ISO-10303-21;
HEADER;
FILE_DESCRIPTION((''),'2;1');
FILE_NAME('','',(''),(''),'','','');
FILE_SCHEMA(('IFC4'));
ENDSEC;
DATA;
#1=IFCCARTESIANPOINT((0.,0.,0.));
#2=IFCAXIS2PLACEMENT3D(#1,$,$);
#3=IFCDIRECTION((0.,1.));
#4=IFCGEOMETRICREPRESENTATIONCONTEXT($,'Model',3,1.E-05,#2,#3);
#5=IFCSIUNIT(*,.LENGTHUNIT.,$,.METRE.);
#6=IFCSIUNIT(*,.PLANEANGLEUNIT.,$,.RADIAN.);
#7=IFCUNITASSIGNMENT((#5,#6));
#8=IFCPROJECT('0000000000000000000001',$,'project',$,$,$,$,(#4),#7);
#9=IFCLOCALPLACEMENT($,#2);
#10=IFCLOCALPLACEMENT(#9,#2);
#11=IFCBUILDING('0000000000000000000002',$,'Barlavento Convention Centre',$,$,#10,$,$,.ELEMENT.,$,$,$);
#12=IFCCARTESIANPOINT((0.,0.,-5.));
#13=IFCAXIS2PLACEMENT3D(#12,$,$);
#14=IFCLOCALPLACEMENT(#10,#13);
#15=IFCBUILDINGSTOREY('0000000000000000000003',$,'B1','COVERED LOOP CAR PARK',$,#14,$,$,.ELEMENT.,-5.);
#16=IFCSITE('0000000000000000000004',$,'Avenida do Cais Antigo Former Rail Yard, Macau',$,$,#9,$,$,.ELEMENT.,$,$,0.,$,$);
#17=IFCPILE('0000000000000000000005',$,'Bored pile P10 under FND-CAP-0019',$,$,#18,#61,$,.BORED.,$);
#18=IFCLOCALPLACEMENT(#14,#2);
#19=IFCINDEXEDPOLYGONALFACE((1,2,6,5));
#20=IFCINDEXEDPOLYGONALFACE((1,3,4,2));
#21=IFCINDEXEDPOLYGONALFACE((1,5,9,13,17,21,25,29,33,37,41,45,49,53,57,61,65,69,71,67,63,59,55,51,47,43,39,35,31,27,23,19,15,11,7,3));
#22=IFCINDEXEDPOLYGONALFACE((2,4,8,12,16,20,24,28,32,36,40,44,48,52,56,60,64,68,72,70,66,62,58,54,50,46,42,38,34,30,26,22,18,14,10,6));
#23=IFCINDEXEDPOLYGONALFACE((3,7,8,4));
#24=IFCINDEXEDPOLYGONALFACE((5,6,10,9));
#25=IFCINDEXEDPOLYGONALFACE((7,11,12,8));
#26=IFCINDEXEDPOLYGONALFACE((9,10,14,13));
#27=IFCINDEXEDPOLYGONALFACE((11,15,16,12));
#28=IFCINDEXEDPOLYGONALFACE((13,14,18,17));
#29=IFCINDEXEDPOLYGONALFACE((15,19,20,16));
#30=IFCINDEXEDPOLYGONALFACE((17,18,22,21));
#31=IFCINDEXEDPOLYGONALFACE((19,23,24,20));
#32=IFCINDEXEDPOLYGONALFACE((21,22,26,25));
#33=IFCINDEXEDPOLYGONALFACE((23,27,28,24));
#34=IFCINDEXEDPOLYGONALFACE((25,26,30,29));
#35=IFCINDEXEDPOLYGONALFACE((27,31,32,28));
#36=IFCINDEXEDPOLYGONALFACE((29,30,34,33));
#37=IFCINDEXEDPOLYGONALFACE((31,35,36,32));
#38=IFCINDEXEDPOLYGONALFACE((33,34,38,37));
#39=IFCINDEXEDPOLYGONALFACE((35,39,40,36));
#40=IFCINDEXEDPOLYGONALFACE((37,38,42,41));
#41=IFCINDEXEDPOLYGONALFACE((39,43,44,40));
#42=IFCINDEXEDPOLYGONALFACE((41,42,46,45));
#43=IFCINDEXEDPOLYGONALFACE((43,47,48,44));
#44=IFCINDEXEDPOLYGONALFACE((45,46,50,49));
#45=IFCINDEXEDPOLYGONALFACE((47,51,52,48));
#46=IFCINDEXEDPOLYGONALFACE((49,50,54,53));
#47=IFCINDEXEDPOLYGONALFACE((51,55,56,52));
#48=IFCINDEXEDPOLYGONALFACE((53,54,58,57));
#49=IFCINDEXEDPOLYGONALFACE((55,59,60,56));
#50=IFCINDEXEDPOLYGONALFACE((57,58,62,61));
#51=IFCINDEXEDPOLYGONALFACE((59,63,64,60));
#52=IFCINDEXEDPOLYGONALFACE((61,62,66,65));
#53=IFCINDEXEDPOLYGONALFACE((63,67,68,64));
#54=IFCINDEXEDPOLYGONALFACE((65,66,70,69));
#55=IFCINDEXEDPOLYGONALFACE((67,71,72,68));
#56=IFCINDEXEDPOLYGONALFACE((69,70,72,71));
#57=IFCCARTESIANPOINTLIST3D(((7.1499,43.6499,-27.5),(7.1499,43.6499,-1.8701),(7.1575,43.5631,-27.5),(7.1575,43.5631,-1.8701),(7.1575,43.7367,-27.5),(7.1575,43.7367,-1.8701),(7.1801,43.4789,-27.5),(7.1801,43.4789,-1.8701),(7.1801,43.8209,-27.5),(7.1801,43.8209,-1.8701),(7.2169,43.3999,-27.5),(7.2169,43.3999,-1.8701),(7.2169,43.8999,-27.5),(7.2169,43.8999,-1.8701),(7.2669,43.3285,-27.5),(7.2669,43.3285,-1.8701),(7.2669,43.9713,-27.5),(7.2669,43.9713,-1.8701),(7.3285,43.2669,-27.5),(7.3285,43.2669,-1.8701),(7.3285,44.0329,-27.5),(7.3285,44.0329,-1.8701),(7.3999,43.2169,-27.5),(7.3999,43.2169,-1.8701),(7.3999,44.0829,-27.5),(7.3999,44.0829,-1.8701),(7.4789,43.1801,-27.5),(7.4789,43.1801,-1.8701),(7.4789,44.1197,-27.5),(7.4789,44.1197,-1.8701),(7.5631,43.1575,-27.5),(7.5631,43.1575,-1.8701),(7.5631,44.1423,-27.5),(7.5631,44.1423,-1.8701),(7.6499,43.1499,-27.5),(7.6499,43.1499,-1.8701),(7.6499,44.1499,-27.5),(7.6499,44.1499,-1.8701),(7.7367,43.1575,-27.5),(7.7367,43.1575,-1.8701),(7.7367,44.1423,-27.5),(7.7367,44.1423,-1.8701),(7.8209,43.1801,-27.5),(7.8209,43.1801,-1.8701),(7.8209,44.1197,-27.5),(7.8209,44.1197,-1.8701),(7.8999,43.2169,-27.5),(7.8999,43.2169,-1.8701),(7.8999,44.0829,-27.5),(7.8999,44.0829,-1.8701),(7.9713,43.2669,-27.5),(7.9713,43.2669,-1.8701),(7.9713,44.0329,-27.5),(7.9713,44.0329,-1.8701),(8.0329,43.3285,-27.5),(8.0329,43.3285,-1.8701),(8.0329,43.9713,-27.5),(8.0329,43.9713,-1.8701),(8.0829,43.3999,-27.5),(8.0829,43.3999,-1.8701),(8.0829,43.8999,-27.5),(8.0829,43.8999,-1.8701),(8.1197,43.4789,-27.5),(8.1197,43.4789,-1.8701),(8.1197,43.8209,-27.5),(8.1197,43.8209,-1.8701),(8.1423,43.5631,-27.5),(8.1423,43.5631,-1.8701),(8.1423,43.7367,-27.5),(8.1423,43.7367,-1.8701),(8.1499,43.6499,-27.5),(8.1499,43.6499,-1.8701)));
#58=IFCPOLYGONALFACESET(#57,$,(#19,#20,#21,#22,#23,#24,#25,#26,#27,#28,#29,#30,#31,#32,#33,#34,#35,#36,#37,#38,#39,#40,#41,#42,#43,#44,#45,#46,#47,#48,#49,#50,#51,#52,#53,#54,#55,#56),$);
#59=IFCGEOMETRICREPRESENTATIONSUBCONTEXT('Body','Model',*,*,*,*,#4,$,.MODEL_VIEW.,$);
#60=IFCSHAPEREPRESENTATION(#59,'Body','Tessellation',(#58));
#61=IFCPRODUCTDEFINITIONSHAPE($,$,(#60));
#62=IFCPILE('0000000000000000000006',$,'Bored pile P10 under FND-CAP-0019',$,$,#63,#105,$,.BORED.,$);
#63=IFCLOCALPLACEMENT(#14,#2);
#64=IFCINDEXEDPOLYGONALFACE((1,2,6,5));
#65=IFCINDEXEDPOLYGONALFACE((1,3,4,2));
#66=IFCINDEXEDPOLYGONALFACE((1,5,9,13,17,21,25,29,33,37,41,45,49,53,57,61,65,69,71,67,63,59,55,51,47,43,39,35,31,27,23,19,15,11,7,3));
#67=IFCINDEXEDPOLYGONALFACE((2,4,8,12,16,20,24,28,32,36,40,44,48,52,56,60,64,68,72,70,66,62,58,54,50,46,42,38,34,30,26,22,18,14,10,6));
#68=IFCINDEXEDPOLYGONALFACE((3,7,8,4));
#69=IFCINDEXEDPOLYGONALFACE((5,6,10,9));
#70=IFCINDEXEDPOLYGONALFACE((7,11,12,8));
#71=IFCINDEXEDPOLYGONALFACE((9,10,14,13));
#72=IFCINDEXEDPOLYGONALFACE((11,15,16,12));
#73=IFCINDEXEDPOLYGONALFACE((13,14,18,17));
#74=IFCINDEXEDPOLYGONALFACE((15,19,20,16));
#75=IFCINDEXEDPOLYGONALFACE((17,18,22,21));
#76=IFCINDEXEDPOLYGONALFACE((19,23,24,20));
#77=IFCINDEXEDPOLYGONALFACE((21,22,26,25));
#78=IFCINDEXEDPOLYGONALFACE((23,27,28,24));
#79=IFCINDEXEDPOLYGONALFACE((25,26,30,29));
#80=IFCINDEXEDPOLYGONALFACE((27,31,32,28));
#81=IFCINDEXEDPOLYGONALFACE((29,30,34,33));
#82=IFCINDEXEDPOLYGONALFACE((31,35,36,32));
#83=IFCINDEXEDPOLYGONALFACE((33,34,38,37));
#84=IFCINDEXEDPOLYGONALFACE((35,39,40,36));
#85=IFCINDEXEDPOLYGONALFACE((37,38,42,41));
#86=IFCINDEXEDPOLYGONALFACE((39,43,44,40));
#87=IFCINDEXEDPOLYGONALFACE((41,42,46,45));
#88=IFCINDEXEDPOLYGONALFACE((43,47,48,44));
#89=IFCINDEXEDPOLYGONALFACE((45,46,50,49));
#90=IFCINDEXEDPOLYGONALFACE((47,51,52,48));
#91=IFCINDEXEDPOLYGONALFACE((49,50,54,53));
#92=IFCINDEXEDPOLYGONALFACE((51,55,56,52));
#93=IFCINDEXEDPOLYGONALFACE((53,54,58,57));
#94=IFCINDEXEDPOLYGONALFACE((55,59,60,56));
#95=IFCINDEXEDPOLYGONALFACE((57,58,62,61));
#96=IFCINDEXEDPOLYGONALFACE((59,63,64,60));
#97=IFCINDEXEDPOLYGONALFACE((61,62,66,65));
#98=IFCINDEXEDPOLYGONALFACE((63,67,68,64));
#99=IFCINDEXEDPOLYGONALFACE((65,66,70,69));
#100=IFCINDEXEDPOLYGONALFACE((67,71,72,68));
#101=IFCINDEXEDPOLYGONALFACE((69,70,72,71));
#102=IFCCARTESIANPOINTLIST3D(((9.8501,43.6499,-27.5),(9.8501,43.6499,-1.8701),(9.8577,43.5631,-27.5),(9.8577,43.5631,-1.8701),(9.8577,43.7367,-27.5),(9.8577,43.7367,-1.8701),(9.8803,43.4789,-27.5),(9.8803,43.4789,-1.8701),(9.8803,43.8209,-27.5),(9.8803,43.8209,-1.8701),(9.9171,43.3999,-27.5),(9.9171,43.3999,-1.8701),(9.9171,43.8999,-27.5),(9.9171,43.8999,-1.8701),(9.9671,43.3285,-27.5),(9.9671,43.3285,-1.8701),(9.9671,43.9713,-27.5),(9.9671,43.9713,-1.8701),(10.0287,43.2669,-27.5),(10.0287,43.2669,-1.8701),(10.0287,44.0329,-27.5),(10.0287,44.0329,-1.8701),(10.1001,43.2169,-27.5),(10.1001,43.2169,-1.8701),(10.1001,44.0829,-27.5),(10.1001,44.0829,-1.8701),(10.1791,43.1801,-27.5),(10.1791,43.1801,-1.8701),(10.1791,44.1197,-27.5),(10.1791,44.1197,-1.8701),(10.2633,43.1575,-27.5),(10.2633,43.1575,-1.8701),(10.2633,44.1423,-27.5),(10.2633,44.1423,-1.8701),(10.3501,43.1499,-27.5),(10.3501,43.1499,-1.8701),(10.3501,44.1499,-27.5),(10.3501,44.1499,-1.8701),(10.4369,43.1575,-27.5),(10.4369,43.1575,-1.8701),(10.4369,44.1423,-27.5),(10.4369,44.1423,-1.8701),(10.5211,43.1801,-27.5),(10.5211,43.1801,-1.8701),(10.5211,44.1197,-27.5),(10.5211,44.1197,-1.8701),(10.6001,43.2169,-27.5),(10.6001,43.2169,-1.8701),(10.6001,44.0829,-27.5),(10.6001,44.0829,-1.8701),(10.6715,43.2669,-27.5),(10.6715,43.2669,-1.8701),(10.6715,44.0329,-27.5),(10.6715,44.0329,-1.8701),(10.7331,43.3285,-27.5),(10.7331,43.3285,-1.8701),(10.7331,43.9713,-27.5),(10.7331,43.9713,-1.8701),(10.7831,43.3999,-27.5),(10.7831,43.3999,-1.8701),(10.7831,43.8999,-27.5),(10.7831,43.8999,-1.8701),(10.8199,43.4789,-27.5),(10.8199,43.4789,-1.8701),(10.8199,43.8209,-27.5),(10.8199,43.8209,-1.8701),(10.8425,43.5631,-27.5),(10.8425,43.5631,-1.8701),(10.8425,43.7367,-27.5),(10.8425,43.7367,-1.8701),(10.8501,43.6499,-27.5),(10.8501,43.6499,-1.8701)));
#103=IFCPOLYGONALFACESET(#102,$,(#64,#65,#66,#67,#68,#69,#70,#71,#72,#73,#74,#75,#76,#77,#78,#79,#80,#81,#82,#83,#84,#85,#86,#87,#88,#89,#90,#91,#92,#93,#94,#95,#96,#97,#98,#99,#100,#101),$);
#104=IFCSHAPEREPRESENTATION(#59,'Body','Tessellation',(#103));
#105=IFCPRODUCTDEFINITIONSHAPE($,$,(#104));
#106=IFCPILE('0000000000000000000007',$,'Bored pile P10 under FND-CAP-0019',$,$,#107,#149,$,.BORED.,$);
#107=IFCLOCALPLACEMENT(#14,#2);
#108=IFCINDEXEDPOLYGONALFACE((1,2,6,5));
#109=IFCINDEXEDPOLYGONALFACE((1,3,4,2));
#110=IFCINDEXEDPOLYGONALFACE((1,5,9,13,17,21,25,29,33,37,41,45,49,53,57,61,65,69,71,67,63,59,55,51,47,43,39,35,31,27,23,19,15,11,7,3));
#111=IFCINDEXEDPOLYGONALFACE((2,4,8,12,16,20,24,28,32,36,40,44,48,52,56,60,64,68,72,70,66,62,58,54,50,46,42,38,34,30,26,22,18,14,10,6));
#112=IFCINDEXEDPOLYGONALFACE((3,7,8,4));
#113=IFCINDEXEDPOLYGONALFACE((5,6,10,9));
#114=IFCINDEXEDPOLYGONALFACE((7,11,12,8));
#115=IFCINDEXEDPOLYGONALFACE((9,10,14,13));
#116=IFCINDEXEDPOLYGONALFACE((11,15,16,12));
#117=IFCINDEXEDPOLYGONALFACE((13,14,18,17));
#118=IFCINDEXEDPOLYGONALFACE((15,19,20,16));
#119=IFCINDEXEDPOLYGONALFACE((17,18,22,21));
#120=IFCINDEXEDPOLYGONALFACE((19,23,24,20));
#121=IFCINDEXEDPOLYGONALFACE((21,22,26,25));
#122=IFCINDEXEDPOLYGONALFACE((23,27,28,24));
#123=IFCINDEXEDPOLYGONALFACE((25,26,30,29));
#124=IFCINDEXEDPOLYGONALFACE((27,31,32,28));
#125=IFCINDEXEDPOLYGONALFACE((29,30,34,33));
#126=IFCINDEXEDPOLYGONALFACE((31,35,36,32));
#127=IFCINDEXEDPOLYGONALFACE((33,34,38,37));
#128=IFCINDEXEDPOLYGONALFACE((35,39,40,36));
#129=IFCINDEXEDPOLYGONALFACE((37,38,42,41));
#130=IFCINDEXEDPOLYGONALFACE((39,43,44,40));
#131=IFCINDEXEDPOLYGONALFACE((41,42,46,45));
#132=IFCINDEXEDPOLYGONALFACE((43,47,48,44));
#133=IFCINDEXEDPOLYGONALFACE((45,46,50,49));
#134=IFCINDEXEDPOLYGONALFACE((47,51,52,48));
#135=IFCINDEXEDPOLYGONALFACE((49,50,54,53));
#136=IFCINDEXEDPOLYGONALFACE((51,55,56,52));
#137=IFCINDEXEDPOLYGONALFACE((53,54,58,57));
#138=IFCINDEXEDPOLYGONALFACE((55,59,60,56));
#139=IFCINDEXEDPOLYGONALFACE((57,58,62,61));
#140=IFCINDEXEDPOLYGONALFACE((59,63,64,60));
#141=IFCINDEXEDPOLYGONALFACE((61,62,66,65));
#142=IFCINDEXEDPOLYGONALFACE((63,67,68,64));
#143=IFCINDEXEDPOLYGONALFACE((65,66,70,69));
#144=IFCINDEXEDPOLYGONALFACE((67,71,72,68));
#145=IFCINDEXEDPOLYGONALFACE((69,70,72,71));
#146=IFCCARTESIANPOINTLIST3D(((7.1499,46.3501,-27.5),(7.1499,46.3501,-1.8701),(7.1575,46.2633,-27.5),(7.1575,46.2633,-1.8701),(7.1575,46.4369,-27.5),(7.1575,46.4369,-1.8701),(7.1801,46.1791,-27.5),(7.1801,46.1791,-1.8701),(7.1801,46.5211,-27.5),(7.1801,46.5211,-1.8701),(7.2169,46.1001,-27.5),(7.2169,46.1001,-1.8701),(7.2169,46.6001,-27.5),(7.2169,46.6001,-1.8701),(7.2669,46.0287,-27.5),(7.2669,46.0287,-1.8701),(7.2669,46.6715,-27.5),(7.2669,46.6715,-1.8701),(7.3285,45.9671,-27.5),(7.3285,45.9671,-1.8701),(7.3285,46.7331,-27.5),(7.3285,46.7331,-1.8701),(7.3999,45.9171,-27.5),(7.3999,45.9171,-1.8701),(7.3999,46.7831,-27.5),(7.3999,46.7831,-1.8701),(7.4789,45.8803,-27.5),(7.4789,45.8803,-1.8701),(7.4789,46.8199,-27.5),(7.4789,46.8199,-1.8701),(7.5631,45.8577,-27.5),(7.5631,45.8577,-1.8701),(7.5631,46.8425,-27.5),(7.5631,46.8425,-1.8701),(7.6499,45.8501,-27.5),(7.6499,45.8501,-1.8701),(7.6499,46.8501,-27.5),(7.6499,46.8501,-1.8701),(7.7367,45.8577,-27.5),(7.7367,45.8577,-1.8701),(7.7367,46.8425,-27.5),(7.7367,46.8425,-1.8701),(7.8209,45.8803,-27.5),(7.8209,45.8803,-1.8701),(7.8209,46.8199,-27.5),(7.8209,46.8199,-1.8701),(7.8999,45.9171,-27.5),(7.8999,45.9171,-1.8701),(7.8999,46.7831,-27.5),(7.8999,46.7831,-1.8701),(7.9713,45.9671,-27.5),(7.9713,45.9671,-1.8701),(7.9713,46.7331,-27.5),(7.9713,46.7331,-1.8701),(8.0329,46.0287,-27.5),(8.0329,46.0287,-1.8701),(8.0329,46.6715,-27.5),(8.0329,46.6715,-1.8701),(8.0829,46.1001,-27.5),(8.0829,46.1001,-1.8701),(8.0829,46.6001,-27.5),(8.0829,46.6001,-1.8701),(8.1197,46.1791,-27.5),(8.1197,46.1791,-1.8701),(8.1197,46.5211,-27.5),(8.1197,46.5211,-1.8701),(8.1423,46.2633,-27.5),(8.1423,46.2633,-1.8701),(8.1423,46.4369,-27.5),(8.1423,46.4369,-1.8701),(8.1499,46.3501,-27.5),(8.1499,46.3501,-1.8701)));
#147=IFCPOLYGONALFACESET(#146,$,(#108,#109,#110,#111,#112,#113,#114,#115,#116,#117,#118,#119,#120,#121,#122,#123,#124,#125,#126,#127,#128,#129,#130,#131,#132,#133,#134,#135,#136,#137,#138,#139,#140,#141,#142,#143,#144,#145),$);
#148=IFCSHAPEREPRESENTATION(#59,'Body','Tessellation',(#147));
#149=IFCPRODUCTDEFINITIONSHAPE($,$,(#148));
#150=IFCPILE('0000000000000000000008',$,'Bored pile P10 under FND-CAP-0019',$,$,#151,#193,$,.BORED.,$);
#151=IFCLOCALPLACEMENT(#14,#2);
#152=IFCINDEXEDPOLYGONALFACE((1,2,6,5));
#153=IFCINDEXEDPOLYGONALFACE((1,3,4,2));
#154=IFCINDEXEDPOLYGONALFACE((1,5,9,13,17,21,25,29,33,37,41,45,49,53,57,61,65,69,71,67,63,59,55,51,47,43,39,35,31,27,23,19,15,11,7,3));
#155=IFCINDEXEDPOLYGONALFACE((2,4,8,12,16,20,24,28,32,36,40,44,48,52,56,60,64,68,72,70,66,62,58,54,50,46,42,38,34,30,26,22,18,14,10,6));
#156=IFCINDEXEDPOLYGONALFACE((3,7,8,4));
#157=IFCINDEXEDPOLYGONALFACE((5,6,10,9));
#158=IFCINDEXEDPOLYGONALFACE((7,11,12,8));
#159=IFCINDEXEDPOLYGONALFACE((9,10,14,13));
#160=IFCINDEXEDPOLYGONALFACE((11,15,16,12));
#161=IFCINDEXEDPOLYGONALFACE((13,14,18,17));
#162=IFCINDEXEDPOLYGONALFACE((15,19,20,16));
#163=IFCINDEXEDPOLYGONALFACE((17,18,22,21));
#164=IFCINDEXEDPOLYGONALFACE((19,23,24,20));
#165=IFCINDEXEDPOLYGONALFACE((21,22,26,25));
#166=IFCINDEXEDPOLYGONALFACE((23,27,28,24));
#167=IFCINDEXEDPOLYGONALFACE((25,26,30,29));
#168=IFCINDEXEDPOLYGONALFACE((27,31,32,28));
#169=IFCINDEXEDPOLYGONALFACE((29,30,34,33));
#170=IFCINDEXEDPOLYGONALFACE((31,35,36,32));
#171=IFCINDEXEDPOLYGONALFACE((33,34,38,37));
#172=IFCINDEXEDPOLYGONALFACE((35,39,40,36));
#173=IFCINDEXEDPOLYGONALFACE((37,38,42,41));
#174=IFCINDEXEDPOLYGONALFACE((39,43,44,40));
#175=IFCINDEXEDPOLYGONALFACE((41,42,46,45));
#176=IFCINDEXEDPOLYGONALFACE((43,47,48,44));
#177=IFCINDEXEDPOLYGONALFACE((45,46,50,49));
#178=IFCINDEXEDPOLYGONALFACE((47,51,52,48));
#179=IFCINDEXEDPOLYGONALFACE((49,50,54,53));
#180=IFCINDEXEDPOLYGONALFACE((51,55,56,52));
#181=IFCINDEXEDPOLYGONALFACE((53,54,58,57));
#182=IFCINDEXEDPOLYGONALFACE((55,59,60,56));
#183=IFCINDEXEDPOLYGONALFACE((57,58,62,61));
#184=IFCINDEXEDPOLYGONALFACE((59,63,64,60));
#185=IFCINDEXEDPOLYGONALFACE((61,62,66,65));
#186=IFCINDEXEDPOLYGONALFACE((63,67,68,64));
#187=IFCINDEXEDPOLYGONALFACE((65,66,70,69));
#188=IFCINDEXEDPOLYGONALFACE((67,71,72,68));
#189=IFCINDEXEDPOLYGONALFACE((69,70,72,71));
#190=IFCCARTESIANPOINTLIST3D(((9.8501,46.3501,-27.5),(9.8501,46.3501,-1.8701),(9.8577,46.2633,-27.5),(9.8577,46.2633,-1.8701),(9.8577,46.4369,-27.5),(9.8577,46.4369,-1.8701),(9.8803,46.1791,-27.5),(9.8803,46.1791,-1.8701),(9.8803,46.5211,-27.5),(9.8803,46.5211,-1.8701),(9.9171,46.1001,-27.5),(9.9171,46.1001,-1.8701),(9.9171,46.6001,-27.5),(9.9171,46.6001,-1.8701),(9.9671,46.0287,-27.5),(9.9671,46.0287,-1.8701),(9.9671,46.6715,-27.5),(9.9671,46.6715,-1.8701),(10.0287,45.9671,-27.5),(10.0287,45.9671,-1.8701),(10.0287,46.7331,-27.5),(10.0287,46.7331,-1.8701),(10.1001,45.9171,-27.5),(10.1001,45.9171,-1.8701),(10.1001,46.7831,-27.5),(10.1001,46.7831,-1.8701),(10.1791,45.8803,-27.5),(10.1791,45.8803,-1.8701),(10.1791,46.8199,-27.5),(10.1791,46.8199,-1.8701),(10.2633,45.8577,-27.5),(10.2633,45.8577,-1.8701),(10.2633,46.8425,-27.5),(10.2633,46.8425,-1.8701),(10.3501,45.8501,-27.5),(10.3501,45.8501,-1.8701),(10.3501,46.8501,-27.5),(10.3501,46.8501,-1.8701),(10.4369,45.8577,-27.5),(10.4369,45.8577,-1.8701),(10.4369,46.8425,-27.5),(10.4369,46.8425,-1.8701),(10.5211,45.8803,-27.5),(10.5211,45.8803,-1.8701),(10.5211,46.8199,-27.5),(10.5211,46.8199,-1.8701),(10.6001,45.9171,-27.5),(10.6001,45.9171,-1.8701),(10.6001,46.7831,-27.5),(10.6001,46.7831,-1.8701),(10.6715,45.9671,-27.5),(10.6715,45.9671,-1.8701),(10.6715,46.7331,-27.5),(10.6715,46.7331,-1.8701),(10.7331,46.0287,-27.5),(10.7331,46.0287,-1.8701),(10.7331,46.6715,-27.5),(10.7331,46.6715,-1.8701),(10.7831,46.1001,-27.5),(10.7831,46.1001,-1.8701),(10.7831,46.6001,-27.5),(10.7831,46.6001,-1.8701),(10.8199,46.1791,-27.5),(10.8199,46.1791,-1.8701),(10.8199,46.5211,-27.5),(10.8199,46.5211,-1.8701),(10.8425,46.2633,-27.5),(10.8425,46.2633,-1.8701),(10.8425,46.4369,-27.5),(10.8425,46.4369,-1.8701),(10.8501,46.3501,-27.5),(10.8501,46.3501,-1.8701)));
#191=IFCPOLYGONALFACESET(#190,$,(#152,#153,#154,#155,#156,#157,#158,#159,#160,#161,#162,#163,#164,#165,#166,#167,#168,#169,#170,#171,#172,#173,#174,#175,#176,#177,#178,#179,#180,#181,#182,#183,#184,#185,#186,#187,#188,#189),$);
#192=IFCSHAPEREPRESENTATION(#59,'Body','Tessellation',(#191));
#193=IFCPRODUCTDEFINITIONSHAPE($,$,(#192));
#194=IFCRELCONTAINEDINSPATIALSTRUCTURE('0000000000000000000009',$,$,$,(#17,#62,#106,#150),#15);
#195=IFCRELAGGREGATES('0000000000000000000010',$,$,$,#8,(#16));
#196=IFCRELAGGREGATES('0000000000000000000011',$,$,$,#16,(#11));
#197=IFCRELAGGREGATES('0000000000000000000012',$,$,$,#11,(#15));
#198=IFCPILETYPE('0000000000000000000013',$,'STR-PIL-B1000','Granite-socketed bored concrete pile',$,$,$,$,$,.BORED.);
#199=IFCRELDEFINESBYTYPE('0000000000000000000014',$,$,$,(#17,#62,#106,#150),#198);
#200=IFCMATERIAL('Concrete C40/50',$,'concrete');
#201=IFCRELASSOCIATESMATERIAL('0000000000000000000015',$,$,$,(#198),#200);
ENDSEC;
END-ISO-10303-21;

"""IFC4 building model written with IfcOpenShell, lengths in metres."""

from ifc_helpers import new_model, si_unit, direction, frame, origin, origin_2d, place, context, subcontext, project, spatial, circle, extrude, material, material_profile, profile_set, type_object, element, save


model = new_model("IFC4")

# Units and contexts
model_context = context("Model", 3, precision=1e-05, world=origin(), true_north=direction((0.0, 1.0)))
body_context = subcontext(model_context, "Body", "Model", "MODEL_VIEW")
ifc_project = project(units=[si_unit("LENGTHUNIT", "METRE"), si_unit("PLANEANGLEUNIT", "RADIAN")], contexts=[model_context])

# Site, building, storey
site_placement = place(None, origin())
site = spatial("IfcSite", under=ifc_project, at=site_placement, Name="Avenida do Cais Antigo Former Rail Yard, Macau", CompositionType="ELEMENT", RefElevation=0.0)
building_placement = place(site_placement, origin())
building = spatial("IfcBuilding", under=site, at=building_placement, Name="Barlavento Convention Centre", CompositionType="ELEMENT")
storey_placement = place(building_placement, frame((0.0, 0.0, -5.0)))
storey = spatial("IfcBuildingStorey", under=building, at=storey_placement, Name="B1", Description="COVERED LOOP CAR PARK", CompositionType="ELEMENT", Elevation=-5.0)

# Shared definitions
ifc_material_1 = material(Name="Concrete C40/50", Category="concrete")

# Piles
ifc_material_profile_1 = material_profile(ifc_material_1, circle(Radius=0.5, at=origin_2d()), Name="BORED PILE 1000")
ifc_profile_set_1 = profile_set([ifc_material_profile_1], Name="Concrete C40/50")
pile_type_1 = type_object("IfcPileType", Name="STR-PIL-B1000", Description="Granite-socketed bored concrete pile", PredefinedType="BORED", material=ifc_profile_set_1)
for number, where, z_axis, x_axis, name in (
    (1, (7.6499, 43.6499, -1.8701), (0.0, 0.0, -1.0), (1.0, 0.0, 0.0), "Bored pile P10 under FND-CAP-0019"),
    (2, (10.3501, 43.6499, -1.8701), (0.0, 0.0, -1.0), (1.0, 0.0, 0.0), "Bored pile P10 under FND-CAP-0019"),
    (3, (7.6499, 46.3501, -1.8701), (0.0, 0.0, -1.0), (1.0, 0.0, 0.0), "Bored pile P10 under FND-CAP-0019"),
    (4, (10.3501, 46.3501, -1.8701), (0.0, 0.0, -1.0), (1.0, 0.0, 0.0), "Bored pile P10 under FND-CAP-0019"),
):
    element("IfcPile", number, at=place(storey_placement, frame(where, z_axis=z_axis, x_axis=x_axis)), inside=storey, type_object=pile_type_1, Name=name, PredefinedType="BORED", context=body_context, shape_type="SweptSolid", body=[
        extrude(circle(Radius=0.5, at=origin_2d()), origin(), (0.0, 0.0, 1.0), 25.6299),
    ])

save(model, "model.ifc")
